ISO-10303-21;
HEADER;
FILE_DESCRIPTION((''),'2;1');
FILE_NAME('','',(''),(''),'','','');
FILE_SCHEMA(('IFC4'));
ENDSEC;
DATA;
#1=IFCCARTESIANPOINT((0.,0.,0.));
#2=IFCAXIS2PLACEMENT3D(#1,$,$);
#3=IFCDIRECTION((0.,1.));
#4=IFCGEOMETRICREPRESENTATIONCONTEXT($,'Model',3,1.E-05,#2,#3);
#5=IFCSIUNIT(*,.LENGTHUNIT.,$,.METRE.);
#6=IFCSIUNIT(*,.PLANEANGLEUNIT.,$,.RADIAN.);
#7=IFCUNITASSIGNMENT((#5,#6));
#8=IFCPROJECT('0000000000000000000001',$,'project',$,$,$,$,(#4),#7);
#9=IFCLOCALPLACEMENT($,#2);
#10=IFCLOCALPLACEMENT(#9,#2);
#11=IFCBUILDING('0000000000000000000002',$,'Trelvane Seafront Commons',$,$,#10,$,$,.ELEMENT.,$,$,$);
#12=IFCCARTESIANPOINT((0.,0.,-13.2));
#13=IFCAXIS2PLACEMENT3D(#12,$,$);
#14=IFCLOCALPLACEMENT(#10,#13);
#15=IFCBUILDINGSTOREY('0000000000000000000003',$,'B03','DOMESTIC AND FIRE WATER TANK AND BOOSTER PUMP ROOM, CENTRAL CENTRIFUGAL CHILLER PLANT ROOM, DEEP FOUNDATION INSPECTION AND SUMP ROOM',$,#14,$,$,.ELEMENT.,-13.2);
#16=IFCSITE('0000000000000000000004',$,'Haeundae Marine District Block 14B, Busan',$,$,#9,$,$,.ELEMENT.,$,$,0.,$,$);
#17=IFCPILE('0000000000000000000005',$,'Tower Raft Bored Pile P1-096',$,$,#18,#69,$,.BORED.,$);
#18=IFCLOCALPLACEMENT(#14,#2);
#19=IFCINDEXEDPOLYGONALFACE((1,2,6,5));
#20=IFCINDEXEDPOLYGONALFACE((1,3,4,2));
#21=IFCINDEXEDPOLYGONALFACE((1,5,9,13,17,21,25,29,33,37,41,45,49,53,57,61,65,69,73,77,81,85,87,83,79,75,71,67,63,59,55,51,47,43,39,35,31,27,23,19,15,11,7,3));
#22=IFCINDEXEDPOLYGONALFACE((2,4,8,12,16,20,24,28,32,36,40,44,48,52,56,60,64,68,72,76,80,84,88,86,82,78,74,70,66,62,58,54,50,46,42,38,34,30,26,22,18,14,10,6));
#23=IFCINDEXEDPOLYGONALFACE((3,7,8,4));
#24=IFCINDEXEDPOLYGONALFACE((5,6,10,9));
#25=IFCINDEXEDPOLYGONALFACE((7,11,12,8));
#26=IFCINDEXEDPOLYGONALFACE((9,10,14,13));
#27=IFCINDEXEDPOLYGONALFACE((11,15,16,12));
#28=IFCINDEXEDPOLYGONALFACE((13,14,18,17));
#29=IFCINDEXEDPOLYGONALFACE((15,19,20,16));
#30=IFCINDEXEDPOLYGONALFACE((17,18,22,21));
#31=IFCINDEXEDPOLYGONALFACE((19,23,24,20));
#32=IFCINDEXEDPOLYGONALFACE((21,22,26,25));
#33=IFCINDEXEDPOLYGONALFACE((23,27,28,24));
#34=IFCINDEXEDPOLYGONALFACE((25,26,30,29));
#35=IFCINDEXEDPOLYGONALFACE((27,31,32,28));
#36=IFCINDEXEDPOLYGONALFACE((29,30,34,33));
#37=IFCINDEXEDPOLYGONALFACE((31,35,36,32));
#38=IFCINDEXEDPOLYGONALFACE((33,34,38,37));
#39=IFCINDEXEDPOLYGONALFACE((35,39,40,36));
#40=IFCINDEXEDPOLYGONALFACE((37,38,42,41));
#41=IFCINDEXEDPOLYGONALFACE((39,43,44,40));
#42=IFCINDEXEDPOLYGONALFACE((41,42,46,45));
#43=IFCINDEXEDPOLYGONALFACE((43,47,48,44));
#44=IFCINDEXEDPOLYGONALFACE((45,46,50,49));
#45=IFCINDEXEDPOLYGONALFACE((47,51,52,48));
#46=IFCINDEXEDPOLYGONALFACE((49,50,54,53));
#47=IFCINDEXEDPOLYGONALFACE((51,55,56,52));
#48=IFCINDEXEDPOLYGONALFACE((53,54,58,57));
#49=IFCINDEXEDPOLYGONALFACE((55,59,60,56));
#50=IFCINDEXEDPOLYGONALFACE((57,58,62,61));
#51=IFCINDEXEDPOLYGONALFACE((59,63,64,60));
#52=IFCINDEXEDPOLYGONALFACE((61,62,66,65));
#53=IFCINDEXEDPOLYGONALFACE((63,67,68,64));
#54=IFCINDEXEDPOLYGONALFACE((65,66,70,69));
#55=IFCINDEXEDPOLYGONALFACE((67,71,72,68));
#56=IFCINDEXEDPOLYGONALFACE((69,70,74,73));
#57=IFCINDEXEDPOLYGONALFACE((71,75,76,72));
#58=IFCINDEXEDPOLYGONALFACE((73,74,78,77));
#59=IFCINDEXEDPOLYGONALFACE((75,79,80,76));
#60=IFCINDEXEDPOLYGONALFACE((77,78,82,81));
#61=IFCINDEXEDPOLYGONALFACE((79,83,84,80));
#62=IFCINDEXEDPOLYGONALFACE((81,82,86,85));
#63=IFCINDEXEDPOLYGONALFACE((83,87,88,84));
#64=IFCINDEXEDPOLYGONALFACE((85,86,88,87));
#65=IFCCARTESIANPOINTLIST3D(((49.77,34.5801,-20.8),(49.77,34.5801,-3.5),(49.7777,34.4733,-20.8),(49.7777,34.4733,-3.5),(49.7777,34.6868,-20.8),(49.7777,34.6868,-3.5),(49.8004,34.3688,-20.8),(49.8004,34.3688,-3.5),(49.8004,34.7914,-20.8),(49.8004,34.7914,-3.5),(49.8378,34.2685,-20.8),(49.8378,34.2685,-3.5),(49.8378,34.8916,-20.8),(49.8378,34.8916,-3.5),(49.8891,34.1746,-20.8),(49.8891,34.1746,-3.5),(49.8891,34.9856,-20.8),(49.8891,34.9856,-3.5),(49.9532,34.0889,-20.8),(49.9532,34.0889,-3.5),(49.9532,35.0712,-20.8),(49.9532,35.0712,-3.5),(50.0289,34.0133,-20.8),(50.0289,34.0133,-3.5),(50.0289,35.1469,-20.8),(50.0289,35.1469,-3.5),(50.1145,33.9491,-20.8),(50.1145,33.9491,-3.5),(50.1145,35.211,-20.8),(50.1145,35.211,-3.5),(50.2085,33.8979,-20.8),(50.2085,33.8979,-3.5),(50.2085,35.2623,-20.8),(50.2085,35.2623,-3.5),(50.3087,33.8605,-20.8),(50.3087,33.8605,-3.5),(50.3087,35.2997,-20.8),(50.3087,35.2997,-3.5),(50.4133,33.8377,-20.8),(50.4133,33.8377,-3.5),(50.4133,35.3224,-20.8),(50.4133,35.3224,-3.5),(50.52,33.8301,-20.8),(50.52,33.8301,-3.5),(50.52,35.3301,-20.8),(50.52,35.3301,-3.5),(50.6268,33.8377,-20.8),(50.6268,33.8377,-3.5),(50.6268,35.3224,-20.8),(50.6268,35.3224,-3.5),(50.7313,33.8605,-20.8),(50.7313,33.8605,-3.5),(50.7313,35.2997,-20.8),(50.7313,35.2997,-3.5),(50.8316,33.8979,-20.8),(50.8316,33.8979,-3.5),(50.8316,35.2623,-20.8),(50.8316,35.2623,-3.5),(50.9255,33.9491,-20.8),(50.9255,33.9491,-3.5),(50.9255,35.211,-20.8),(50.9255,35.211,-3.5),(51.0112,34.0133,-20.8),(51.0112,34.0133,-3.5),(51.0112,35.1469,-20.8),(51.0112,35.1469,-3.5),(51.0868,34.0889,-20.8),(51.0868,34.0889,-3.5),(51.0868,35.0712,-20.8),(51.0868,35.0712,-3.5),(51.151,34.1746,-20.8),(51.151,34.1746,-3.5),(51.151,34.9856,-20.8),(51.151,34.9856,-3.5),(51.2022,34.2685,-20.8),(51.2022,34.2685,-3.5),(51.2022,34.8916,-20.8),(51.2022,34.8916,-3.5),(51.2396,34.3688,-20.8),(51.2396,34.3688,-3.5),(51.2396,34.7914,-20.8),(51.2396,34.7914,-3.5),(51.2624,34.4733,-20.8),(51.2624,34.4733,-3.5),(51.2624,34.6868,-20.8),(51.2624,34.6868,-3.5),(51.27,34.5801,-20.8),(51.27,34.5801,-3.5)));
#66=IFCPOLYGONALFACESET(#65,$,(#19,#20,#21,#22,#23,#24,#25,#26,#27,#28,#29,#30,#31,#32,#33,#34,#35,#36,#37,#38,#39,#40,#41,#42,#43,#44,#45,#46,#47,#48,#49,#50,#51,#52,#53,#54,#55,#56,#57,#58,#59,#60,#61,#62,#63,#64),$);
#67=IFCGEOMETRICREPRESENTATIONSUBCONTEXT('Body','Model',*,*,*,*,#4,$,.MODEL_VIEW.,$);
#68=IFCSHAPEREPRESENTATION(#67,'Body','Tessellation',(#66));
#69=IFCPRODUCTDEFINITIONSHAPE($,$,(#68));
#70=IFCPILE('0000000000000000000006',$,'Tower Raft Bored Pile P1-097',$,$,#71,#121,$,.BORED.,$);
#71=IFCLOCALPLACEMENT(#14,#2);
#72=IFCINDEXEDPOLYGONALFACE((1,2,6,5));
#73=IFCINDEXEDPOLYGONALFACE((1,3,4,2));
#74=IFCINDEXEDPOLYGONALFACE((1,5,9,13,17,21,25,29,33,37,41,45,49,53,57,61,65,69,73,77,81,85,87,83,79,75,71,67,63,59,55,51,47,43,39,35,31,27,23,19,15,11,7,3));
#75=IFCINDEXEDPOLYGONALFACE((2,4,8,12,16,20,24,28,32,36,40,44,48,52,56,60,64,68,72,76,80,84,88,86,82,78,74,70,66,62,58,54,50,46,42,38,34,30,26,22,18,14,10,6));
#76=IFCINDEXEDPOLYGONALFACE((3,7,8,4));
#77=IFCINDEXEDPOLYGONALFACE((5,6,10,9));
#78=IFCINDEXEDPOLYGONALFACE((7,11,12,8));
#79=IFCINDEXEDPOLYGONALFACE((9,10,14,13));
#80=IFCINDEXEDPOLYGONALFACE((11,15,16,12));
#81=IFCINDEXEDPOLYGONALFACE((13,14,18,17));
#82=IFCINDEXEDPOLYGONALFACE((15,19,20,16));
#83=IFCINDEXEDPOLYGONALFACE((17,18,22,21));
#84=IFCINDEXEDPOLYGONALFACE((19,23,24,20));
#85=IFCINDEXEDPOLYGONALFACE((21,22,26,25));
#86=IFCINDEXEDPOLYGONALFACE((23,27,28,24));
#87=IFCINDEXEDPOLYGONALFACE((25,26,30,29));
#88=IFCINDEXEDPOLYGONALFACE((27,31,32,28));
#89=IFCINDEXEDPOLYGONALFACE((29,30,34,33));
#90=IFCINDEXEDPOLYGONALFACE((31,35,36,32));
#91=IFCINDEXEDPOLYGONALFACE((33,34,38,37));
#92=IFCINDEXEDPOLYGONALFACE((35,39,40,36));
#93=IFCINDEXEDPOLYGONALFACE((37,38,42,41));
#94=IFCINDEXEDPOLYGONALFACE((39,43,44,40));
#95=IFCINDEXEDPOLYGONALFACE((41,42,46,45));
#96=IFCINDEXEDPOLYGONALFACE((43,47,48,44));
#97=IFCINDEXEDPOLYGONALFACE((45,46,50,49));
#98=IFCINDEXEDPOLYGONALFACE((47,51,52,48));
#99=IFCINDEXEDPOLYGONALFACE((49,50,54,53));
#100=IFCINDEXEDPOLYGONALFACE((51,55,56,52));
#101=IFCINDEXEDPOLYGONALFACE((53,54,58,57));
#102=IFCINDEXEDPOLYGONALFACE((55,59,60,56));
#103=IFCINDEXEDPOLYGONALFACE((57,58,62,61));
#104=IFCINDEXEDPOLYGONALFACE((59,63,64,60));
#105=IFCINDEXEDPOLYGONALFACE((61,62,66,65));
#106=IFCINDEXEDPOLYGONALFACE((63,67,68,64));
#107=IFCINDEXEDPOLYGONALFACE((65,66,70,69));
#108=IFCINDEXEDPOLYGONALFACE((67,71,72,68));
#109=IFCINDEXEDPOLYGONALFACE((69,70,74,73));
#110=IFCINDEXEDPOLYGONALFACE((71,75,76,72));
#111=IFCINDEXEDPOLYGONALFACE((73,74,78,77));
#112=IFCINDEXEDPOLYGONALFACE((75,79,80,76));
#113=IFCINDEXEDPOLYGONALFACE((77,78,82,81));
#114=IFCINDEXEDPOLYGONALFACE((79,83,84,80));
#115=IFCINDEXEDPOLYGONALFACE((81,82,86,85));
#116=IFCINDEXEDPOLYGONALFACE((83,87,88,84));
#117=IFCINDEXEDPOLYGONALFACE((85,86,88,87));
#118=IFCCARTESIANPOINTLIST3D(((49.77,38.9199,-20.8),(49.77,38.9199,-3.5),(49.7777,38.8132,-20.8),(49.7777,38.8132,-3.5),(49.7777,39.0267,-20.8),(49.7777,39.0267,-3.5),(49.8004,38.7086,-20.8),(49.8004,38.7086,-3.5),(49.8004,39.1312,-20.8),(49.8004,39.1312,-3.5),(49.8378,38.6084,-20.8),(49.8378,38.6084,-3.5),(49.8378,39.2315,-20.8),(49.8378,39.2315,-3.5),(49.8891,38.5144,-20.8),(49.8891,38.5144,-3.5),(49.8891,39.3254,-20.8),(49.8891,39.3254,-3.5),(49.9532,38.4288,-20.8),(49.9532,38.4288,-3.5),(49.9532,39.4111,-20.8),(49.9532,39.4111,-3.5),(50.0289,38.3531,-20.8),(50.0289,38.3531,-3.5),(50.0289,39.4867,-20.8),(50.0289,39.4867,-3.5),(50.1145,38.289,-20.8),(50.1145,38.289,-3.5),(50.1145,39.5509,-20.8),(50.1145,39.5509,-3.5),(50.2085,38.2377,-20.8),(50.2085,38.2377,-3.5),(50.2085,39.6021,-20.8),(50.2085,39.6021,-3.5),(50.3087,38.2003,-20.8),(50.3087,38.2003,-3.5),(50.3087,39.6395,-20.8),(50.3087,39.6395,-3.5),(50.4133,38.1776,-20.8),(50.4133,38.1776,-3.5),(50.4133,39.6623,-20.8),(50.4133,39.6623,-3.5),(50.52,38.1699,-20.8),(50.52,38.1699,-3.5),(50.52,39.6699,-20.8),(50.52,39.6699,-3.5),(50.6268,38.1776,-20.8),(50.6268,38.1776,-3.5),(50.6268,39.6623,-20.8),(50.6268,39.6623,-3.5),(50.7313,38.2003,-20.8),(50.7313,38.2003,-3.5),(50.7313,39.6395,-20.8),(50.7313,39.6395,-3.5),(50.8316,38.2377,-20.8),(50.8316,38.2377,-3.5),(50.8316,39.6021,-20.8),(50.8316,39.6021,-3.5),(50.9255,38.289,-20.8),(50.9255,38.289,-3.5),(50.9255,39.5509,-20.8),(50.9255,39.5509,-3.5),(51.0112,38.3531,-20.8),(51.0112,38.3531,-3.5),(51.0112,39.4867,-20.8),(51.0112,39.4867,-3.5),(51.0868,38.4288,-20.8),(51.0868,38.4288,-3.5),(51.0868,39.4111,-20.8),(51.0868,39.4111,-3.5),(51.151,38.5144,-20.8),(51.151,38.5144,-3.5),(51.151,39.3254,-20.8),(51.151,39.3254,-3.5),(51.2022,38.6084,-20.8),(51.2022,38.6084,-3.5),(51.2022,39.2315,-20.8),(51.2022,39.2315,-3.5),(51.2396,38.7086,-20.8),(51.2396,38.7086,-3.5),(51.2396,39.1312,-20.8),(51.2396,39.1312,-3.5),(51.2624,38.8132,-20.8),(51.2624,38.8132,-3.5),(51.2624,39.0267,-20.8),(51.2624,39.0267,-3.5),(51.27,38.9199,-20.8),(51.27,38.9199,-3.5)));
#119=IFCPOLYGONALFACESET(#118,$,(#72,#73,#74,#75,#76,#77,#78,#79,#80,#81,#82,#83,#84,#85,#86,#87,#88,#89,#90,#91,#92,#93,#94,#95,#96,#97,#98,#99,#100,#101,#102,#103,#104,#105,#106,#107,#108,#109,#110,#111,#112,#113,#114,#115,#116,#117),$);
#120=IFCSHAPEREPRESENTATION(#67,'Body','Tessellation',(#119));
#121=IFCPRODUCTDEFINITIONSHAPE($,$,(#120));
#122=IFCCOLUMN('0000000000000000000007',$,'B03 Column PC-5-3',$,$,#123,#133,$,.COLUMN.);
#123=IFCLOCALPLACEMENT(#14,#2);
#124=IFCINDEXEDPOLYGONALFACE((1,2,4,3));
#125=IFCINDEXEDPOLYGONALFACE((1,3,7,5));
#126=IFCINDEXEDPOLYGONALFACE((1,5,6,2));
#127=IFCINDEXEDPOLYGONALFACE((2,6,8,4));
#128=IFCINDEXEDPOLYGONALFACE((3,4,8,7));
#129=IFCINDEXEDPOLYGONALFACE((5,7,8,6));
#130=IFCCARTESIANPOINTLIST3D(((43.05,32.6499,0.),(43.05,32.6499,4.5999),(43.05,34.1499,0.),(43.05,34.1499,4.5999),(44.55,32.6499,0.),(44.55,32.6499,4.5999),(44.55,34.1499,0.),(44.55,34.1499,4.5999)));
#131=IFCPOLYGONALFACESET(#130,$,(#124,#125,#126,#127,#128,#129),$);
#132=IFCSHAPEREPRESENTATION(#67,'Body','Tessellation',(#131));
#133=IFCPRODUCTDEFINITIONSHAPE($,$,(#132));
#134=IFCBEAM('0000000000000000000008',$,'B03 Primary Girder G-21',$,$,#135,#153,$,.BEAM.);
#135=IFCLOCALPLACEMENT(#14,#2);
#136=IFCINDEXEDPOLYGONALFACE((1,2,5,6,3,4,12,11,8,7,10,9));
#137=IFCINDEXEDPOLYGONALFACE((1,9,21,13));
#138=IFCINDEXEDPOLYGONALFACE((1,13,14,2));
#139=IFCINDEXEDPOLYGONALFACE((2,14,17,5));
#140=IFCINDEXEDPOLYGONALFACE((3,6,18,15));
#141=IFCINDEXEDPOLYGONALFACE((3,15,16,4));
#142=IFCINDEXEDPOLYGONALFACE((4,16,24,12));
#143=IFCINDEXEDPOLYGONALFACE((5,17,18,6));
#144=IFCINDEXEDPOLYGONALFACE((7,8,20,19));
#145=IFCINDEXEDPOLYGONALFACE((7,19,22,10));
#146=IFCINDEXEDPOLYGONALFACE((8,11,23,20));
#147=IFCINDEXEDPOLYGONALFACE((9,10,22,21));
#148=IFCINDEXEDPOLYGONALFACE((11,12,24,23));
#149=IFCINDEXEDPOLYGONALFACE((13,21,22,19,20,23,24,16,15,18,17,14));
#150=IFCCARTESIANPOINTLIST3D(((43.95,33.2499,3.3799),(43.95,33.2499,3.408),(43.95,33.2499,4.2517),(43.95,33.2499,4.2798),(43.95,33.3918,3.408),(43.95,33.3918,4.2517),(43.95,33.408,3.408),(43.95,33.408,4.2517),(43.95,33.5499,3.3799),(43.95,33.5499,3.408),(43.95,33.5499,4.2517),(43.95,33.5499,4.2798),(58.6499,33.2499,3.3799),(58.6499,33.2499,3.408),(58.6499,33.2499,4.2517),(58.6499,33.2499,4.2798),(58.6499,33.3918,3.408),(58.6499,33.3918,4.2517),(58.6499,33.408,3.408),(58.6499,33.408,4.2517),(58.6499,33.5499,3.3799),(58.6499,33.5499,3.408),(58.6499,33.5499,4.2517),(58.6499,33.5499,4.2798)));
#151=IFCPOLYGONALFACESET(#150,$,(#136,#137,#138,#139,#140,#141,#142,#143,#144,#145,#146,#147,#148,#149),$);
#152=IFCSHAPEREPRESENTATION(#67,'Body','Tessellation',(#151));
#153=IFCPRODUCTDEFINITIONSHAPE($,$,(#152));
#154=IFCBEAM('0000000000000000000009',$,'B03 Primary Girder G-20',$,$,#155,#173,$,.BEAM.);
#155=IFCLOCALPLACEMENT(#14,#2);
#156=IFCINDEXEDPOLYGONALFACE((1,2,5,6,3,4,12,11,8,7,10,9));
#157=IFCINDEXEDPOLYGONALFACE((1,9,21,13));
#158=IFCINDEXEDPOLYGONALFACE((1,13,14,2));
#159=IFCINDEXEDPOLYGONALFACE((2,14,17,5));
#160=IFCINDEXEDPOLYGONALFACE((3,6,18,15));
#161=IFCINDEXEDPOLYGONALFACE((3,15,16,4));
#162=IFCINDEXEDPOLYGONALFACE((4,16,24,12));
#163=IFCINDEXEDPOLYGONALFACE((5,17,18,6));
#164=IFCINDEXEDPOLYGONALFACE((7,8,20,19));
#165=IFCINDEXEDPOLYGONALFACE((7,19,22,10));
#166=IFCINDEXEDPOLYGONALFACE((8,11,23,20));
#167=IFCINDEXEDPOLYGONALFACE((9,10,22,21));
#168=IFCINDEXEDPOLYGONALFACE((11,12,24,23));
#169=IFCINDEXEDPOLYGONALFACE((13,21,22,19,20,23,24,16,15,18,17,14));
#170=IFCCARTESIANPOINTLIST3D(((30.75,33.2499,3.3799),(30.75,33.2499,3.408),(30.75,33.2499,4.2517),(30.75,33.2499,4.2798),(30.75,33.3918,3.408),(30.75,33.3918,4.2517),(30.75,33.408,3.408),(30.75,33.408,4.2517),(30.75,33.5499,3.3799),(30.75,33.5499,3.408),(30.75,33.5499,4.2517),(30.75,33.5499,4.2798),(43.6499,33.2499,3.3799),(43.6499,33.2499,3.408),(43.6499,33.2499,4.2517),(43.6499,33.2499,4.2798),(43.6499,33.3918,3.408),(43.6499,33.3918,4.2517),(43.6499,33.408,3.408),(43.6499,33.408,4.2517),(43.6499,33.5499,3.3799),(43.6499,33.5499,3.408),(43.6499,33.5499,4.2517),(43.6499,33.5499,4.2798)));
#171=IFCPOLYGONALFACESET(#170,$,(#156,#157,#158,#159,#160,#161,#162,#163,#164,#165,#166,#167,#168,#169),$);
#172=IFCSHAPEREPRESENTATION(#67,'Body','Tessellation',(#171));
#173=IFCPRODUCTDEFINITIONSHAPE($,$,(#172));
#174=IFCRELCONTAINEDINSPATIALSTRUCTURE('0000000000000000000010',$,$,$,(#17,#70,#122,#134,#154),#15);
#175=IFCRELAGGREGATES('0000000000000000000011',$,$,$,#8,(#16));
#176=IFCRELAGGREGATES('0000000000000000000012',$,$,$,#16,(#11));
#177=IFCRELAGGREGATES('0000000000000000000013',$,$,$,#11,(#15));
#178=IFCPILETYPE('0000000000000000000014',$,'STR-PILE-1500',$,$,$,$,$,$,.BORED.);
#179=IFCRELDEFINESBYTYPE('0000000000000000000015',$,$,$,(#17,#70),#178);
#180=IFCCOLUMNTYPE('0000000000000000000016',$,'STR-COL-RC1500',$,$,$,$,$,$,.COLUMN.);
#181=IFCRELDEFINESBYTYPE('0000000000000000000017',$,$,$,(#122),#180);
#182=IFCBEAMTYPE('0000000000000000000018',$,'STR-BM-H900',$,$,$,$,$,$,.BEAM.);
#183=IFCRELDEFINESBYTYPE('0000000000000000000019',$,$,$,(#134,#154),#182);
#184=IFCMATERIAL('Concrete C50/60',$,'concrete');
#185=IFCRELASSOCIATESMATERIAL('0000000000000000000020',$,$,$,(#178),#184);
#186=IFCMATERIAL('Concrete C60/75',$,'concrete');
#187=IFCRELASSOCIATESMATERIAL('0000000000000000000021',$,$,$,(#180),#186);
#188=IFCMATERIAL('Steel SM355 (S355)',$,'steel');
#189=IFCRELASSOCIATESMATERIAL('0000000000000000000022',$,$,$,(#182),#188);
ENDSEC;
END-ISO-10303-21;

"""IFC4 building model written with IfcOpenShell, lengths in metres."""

from ifc_helpers import new_model, si_unit, direction, frame, origin, origin_2d, place, context, subcontext, project, spatial, rectangle, circle, i_section, extrude, source, transform, mapped, material, material_profile, profile_set, type_object, element, save


model = new_model("IFC4")

# Units and contexts
model_context = context("Model", 3, precision=1e-05, world=origin(), true_north=direction((0.0, 1.0)))
body_context = subcontext(model_context, "Body", "Model", "MODEL_VIEW")
ifc_project = project(units=[si_unit("LENGTHUNIT", "METRE"), si_unit("PLANEANGLEUNIT", "RADIAN")], contexts=[model_context])

# Site, building, storey
site_placement = place(None, origin())
site = spatial("IfcSite", under=ifc_project, at=site_placement, Name="Haeundae Marine District Block 14B, Busan", CompositionType="ELEMENT", RefElevation=0.0)
building_placement = place(site_placement, origin())
building = spatial("IfcBuilding", under=site, at=building_placement, Name="Trelvane Seafront Commons", CompositionType="ELEMENT")
storey_placement = place(building_placement, frame((0.0, 0.0, -13.2)))
storey = spatial("IfcBuildingStorey", under=building, at=storey_placement, Name="B03", Description="DOMESTIC AND FIRE WATER TANK AND BOOSTER PUMP ROOM, CENTRAL CENTRIFUGAL CHILLER PLANT ROOM, DEEP FOUNDATION INSPECTION AND SUMP ROOM", CompositionType="ELEMENT", Elevation=-13.2)

# Piles
ifc_material_1 = material(Name="Concrete C50/60", Category="concrete")
ifc_material_profile_1 = material_profile(ifc_material_1, circle(Radius=0.75, at=origin_2d()), Name="PILE-1500")
ifc_profile_set_1 = profile_set([ifc_material_profile_1], Name="Concrete C50/60")
pile_type = type_object("IfcPileType", Name="STR-PILE-1500", PredefinedType="BORED", material=ifc_profile_set_1)
shared_shape_1 = source(origin(), body_context, "Body", "SweptSolid", [
    extrude(circle(Radius=0.75, at=origin_2d()), origin(), (0.0, 0.0, 1.0), 17.3),
])
for number, where, z_axis, x_axis, name in (
    (1, (50.52, 34.5801, -3.5), (0.0, 0.0, -1.0), (1.0, 0.0, 0.0), "Tower Raft Bored Pile P1-096"),
    (2, (50.52, 38.9199, -3.5), (0.0, 0.0, -1.0), (1.0, 0.0, 0.0), "Tower Raft Bored Pile P1-097"),
):
    element("IfcPile", number, at=place(storey_placement, frame(where, z_axis=z_axis, x_axis=x_axis)), inside=storey, type_object=pile_type, Name=name, PredefinedType="BORED", context=body_context, shape_type="MappedRepresentation", body=[
        mapped(shared_shape_1, transform((0.0, 0.0, 0.0), x_axis=(1.0, 0.0, 0.0), y_axis=(0.0, 1.0, 0.0), z_axis=(0.0, 0.0, 1.0), scale=1.0)),
    ])

# Column
ifc_material_2 = material(Name="Concrete C60/75", Category="concrete")
ifc_material_profile_2 = material_profile(ifc_material_2, rectangle(XDim=1.5, YDim=1.5, at=origin_2d()), Name="RC-1500x1500")
ifc_profile_set_2 = profile_set([ifc_material_profile_2], Name="Concrete C60/75")
column_type = type_object("IfcColumnType", Name="STR-COL-RC1500", PredefinedType="COLUMN", material=ifc_profile_set_2)
shared_shape_2 = source(origin(), body_context, "Body", "SweptSolid", [
    extrude(rectangle(XDim=1.5, YDim=1.5, at=origin_2d()), origin(), (0.0, 0.0, 1.0), 4.5999),
])
column_placement = place(storey_placement, frame((43.8, 33.3999, 0.0), z_axis=(0.0, 0.0, 1.0), x_axis=(1.0, 0.0, 0.0)))
element("IfcColumn", 3, at=column_placement, inside=storey, type_object=column_type, Name="B03 Column PC-5-3", PredefinedType="COLUMN", context=body_context, shape_type="MappedRepresentation", body=[
    mapped(shared_shape_2, transform((0.0, 0.0, 0.0), x_axis=(1.0, 0.0, 0.0), y_axis=(0.0, 1.0, 0.0), z_axis=(0.0, 0.0, 1.0), scale=1.0)),
])

# Beams
ifc_material_3 = material(Name="Steel SM355 (S355)", Category="steel")
ifc_material_profile_3 = material_profile(ifc_material_3, i_section(OverallWidth=0.3, OverallDepth=0.8999, WebThickness=0.0161, FlangeThickness=0.0281, at=origin_2d()), Name="H-900x300x16x28")
ifc_profile_set_3 = profile_set([ifc_material_profile_3], Name="Steel SM355 (S355)")
beam_type_1 = type_object("IfcBeamType", Name="STR-BM-H900", PredefinedType="BEAM", material=ifc_profile_set_3)
shared_shape_3 = source(origin(), body_context, "Body", "SweptSolid", [
    extrude(i_section(OverallWidth=0.3, OverallDepth=0.8999, WebThickness=0.0161, FlangeThickness=0.0281, at=origin_2d()), origin(), (0.0, 0.0, 1.0), 14.7),
])
beam_1_placement = place(storey_placement, frame((43.95, 33.3999, 3.8298), z_axis=(1.0, 0.0, 0.0), x_axis=(0.0, 1.0, 0.0)))
element("IfcBeam", 4, at=beam_1_placement, inside=storey, type_object=beam_type_1, Name="B03 Primary Girder G-21", PredefinedType="BEAM", context=body_context, shape_type="MappedRepresentation", body=[
    mapped(shared_shape_3, transform((0.0, 0.0, 0.0), x_axis=(1.0, 0.0, 0.0), y_axis=(0.0, 1.0, 0.0), z_axis=(0.0, 0.0, 1.0), scale=1.0)),
])
shared_shape_4 = source(origin(), body_context, "Body", "SweptSolid", [
    extrude(i_section(OverallWidth=0.3, OverallDepth=0.8999, WebThickness=0.0161, FlangeThickness=0.0281, at=origin_2d()), origin(), (0.0, 0.0, 1.0), 12.8999),
])
beam_2_placement = place(storey_placement, frame((30.75, 33.3999, 3.8298), z_axis=(1.0, 0.0, 0.0), x_axis=(0.0, 1.0, 0.0)))
element("IfcBeam", 5, at=beam_2_placement, inside=storey, type_object=beam_type_1, Name="B03 Primary Girder G-20", PredefinedType="BEAM", context=body_context, shape_type="MappedRepresentation", body=[
    mapped(shared_shape_4, transform((0.0, 0.0, 0.0), x_axis=(1.0, 0.0, 0.0), y_axis=(0.0, 1.0, 0.0), z_axis=(0.0, 0.0, 1.0), scale=1.0)),
])

save(model, "model.ifc")
